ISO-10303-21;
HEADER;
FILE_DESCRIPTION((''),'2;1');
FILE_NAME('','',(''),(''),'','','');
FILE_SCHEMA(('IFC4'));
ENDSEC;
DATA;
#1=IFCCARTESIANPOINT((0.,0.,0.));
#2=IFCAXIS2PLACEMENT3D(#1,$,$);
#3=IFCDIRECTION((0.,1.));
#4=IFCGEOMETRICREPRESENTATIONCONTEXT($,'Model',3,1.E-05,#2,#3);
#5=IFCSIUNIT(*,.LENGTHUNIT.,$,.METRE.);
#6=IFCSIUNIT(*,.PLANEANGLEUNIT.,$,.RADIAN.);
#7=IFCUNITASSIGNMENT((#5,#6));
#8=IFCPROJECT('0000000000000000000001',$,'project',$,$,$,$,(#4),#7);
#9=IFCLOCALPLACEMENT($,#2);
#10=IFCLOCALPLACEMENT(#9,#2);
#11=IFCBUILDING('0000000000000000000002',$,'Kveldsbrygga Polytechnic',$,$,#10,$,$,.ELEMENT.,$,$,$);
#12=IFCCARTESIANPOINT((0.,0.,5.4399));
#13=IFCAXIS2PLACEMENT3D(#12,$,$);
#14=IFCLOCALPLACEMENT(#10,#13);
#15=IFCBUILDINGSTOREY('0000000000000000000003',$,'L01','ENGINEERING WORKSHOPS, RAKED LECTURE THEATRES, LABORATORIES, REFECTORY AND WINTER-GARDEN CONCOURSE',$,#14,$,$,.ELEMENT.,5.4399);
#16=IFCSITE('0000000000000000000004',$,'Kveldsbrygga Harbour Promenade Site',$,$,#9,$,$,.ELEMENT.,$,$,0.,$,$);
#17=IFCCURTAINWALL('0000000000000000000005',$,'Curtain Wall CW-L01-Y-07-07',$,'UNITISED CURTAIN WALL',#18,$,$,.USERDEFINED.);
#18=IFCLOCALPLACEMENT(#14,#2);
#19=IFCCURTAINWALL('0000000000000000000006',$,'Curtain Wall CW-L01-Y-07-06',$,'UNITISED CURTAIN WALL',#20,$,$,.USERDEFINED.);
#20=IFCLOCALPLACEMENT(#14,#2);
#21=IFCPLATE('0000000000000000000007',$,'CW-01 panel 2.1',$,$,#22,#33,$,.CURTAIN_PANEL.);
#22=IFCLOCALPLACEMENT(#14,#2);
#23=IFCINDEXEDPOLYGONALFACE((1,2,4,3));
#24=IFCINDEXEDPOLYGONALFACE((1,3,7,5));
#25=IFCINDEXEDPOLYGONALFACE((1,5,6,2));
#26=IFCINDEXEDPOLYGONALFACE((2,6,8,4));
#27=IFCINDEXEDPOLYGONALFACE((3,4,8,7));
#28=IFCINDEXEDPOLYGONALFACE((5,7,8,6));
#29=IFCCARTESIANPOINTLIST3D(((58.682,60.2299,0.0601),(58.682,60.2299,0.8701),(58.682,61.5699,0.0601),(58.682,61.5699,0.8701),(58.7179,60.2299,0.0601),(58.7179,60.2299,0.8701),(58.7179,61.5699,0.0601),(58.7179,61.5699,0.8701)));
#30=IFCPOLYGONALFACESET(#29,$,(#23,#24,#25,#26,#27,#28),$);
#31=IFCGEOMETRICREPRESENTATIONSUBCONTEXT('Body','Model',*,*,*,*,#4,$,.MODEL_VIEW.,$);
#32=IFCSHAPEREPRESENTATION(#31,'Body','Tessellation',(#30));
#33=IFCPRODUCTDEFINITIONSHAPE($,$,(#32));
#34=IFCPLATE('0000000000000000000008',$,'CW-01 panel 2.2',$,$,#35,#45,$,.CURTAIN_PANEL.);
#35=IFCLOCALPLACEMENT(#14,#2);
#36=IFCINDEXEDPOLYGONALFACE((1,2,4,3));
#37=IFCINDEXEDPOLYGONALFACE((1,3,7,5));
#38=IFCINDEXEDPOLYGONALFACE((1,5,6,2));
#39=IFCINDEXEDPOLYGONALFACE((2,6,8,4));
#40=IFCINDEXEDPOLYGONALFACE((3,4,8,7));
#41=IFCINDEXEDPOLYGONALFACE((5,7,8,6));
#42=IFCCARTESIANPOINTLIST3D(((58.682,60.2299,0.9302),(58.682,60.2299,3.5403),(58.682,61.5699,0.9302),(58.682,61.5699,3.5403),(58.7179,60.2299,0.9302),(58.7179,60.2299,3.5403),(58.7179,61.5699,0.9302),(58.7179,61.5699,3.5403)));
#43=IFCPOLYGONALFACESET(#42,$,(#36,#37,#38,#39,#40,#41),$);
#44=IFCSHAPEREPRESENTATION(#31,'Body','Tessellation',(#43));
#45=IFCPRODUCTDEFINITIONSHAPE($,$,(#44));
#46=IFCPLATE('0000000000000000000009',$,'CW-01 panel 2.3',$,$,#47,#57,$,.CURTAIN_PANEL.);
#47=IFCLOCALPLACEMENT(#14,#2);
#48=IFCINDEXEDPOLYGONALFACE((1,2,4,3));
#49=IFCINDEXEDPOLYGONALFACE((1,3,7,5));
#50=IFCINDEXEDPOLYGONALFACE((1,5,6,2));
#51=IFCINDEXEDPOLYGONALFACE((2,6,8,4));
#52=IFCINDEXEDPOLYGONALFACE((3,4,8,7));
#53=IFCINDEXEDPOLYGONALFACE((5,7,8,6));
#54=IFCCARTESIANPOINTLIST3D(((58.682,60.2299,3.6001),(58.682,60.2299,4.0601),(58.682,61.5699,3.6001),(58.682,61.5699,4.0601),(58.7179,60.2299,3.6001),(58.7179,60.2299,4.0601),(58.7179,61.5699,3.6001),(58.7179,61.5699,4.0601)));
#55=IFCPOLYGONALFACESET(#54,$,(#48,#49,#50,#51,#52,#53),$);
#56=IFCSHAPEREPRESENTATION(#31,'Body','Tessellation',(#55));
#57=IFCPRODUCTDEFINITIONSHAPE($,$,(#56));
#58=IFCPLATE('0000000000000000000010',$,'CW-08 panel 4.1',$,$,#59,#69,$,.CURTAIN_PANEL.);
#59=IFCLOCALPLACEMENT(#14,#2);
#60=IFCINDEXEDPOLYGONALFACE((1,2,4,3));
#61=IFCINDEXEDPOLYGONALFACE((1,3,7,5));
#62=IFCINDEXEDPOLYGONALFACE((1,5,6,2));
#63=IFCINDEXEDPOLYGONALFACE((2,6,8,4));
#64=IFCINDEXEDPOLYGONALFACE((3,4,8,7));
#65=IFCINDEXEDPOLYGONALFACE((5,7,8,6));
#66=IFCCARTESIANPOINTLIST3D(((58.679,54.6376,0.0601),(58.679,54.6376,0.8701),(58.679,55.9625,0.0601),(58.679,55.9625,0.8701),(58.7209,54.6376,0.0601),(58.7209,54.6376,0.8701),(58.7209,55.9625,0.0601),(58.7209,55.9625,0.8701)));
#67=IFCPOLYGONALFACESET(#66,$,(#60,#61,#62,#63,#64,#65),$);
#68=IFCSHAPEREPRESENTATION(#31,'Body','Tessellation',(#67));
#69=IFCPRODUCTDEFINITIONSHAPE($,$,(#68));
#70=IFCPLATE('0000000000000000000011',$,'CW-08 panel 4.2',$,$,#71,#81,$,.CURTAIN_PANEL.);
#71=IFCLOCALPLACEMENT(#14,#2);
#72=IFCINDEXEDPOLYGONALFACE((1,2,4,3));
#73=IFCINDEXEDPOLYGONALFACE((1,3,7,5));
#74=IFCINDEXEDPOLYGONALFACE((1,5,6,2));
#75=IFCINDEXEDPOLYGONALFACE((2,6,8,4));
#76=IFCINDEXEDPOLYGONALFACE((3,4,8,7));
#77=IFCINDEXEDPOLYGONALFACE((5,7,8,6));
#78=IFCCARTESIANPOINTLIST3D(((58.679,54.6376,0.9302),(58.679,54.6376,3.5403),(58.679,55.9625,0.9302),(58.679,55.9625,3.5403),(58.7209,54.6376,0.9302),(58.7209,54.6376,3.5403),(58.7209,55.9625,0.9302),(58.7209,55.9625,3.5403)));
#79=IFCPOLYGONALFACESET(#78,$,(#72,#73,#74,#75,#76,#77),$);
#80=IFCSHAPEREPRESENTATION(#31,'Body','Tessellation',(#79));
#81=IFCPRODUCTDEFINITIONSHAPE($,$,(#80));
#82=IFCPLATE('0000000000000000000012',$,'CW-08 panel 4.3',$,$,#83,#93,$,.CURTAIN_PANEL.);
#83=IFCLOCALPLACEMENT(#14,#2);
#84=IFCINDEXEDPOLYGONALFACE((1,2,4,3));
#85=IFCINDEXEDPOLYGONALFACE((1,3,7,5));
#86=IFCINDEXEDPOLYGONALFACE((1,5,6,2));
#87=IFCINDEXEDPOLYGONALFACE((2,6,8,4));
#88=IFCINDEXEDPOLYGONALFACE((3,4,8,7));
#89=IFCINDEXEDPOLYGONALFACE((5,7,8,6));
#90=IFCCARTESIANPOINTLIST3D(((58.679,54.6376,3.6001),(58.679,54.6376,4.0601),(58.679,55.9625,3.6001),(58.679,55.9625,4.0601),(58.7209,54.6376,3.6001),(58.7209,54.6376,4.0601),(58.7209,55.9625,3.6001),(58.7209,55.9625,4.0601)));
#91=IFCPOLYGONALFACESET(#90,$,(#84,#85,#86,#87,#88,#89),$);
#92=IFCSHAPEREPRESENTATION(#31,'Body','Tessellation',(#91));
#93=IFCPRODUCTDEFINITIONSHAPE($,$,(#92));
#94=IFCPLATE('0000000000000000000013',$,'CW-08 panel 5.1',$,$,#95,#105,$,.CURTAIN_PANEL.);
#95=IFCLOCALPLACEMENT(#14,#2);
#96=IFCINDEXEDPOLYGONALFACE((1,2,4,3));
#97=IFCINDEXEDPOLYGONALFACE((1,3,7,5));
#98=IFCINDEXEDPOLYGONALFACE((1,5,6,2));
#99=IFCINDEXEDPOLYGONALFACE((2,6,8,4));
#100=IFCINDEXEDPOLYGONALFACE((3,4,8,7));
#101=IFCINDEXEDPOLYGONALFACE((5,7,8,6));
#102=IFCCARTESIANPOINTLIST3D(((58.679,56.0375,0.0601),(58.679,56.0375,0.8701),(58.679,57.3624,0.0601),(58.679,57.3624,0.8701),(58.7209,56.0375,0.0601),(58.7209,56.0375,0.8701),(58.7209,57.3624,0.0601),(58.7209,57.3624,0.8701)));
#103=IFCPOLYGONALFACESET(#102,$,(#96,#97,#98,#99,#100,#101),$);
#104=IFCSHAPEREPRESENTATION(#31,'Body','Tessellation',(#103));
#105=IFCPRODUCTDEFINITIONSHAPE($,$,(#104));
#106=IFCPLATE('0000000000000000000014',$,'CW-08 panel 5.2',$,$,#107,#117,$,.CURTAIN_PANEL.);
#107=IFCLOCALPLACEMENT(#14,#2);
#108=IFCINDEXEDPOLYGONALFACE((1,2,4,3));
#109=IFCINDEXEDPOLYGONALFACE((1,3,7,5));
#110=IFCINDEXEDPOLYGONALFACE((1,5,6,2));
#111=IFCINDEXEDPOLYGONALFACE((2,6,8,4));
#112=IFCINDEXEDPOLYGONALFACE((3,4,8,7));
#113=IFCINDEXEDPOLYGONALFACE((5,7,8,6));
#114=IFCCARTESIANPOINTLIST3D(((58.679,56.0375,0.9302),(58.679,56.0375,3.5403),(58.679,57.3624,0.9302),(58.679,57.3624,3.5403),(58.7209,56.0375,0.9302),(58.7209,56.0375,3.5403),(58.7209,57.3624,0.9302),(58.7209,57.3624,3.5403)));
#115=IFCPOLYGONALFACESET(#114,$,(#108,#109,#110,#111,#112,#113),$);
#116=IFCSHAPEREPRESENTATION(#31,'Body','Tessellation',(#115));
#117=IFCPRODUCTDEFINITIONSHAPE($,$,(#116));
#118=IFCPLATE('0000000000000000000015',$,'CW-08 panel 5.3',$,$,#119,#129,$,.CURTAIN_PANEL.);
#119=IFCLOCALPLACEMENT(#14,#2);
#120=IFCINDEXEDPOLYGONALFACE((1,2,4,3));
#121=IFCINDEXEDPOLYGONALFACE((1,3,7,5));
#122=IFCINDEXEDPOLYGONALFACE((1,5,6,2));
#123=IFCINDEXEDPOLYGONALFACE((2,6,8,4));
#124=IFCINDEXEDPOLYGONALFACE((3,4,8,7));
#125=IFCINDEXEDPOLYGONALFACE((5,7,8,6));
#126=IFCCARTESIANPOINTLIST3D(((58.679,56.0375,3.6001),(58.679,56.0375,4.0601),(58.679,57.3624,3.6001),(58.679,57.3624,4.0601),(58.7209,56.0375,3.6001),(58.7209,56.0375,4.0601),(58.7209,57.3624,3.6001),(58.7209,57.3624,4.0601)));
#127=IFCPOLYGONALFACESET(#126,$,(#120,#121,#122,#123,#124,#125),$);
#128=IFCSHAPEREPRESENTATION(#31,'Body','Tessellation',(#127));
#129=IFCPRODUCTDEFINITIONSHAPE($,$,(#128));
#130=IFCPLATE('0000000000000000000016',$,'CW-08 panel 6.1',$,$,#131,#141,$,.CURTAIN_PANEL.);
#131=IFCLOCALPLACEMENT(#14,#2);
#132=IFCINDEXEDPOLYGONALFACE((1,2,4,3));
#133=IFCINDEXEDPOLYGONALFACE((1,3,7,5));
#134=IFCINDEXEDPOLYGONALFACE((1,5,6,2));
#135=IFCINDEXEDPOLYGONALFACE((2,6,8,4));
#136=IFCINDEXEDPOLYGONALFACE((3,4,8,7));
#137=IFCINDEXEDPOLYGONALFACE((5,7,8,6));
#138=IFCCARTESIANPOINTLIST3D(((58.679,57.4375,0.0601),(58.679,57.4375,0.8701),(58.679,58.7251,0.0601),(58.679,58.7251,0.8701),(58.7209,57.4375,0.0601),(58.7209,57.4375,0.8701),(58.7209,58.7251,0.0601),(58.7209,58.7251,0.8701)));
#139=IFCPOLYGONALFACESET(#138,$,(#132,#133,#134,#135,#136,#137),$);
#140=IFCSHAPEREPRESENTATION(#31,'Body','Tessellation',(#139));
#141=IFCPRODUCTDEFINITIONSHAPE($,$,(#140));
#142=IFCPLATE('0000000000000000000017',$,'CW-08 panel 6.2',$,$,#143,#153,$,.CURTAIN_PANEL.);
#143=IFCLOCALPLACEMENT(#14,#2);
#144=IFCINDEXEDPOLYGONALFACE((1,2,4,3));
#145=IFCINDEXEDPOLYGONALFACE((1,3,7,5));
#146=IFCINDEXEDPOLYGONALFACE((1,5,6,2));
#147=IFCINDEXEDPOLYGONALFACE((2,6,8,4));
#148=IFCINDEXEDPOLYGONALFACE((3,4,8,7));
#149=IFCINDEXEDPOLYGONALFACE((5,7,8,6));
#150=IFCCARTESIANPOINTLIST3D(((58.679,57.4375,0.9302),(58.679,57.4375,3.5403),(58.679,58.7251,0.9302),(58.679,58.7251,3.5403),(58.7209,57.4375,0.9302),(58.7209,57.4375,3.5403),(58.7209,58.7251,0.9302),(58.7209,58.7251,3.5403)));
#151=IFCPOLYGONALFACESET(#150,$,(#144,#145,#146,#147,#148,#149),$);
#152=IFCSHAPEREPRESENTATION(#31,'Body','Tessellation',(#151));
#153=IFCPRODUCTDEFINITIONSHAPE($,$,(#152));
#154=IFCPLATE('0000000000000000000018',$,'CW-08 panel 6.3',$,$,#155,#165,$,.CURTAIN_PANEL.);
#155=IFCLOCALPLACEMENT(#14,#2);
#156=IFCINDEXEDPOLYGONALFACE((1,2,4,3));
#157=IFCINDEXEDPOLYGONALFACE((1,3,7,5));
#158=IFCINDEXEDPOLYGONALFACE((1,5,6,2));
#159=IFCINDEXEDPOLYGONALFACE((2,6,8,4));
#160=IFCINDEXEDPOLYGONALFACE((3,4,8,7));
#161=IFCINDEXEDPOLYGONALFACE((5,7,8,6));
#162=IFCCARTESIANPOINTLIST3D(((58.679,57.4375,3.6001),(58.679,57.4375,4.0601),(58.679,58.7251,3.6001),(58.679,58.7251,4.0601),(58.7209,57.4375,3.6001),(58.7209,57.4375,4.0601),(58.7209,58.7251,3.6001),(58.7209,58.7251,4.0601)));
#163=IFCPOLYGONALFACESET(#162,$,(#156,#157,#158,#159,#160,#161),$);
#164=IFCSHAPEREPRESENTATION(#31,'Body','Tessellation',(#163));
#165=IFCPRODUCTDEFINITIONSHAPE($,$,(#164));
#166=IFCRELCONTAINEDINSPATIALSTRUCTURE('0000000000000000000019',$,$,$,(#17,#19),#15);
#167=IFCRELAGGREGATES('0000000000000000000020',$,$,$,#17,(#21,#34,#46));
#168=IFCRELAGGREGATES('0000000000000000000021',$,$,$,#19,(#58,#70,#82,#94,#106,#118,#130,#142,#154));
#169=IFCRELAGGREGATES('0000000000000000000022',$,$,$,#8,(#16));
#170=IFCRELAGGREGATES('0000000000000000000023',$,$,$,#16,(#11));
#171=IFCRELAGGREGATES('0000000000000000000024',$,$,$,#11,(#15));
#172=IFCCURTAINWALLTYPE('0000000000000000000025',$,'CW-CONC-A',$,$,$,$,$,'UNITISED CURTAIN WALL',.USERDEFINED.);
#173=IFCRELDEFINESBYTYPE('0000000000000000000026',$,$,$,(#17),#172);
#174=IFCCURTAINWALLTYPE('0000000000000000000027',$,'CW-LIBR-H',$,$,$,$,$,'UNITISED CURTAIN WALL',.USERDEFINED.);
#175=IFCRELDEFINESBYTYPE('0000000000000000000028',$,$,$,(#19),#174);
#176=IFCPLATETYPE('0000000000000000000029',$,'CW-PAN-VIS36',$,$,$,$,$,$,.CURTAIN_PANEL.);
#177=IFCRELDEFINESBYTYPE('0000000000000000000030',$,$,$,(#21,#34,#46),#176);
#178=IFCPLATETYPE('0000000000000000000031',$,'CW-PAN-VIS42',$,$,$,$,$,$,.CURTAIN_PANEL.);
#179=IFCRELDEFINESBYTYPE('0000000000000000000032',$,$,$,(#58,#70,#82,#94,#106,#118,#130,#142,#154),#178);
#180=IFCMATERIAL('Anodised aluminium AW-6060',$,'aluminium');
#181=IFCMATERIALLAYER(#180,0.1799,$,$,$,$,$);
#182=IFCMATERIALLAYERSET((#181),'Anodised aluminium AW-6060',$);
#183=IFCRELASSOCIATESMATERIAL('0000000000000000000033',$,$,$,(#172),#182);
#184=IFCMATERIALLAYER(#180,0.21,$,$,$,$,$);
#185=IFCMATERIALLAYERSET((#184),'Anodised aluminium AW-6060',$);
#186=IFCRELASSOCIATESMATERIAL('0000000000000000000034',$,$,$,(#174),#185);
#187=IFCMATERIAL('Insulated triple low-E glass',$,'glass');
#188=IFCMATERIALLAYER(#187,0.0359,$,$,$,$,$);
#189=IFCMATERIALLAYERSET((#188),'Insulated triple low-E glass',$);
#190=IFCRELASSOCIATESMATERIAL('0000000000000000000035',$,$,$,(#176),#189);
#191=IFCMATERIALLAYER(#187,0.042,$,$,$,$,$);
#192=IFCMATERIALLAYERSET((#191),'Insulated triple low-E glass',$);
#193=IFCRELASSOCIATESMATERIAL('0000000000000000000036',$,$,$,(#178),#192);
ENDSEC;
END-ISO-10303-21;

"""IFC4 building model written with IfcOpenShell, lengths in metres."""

from ifc_helpers import new_model, si_unit, direction, frame, origin, origin_2d, place, context, subcontext, project, spatial, rectangle, extrude, material, layer, layer_set, type_object, element, aggregate, save


model = new_model("IFC4")

# Units and contexts
model_context = context("Model", 3, precision=1e-05, world=origin(), true_north=direction((0.0, 1.0)))
body_context = subcontext(model_context, "Body", "Model", "MODEL_VIEW")
ifc_project = project(units=[si_unit("LENGTHUNIT", "METRE"), si_unit("PLANEANGLEUNIT", "RADIAN")], contexts=[model_context])

# Site, building, storey
site_placement = place(None, origin())
site = spatial("IfcSite", under=ifc_project, at=site_placement, Name="Kveldsbrygga Harbour Promenade Site", CompositionType="ELEMENT", RefElevation=0.0)
building_placement = place(site_placement, origin())
building = spatial("IfcBuilding", under=site, at=building_placement, Name="Kveldsbrygga Polytechnic", CompositionType="ELEMENT")
storey_placement = place(building_placement, frame((0.0, 0.0, 5.4399)))
storey = spatial("IfcBuildingStorey", under=building, at=storey_placement, Name="L01", Description="ENGINEERING WORKSHOPS, RAKED LECTURE THEATRES, LABORATORIES, REFECTORY AND WINTER-GARDEN CONCOURSE", CompositionType="ELEMENT", Elevation=5.4399)

# Curtain walls
ifc_material_1 = material(Name="Anodised aluminium AW-6060", Category="aluminium")
ifc_layer_1 = layer(ifc_material_1, 0.1799)
ifc_layer_set_1 = layer_set([ifc_layer_1], Name="Anodised aluminium AW-6060")
curtain_wall_type_1 = type_object("IfcCurtainWallType", Name="CW-CONC-A", ElementType="UNITISED CURTAIN WALL", PredefinedType="USERDEFINED", material=ifc_layer_set_1)
curtain_wall_1_placement = place(storey_placement, origin())
curtain_wall_1 = element("IfcCurtainWall", 1, at=curtain_wall_1_placement, inside=storey, type_object=curtain_wall_type_1, Name="Curtain Wall CW-L01-Y-07-07", ObjectType="UNITISED CURTAIN WALL", PredefinedType="USERDEFINED")
ifc_layer_2 = layer(ifc_material_1, 0.21)
ifc_layer_set_2 = layer_set([ifc_layer_2], Name="Anodised aluminium AW-6060")
curtain_wall_type_2 = type_object("IfcCurtainWallType", Name="CW-LIBR-H", ElementType="UNITISED CURTAIN WALL", PredefinedType="USERDEFINED", material=ifc_layer_set_2)
curtain_wall_2_placement = place(storey_placement, origin())
curtain_wall_2 = element("IfcCurtainWall", 2, at=curtain_wall_2_placement, inside=storey, type_object=curtain_wall_type_2, Name="Curtain Wall CW-L01-Y-07-06", ObjectType="UNITISED CURTAIN WALL", PredefinedType="USERDEFINED")

# Plates
ifc_material_2 = material(Name="Insulated triple low-E glass", Category="glass")
ifc_layer_3 = layer(ifc_material_2, 0.0359)
ifc_layer_set_3 = layer_set([ifc_layer_3], Name="Insulated triple low-E glass")
plate_type_1 = type_object("IfcPlateType", Name="CW-PAN-VIS36", PredefinedType="CURTAIN_PANEL", material=ifc_layer_set_3)
plate_1_placement = place(storey_placement, frame((58.7, 60.8999, 0.0601), z_axis=(0.0, 0.0, 1.0), x_axis=(0.0, 1.0, 0.0)))
plate_1 = element("IfcPlate", 3, at=plate_1_placement, type_object=plate_type_1, Name="CW-01 panel 2.1", PredefinedType="CURTAIN_PANEL", context=body_context, shape_type="SweptSolid", body=[
    extrude(rectangle(XDim=1.3401, YDim=0.0359, at=origin_2d()), origin(), (0.0, 0.0, 1.0), 0.8101),
])
plate_2_placement = place(storey_placement, frame((58.7, 60.8999, 0.9302), z_axis=(0.0, 0.0, 1.0), x_axis=(0.0, 1.0, 0.0)))
plate_2 = element("IfcPlate", 4, at=plate_2_placement, type_object=plate_type_1, Name="CW-01 panel 2.2", PredefinedType="CURTAIN_PANEL", context=body_context, shape_type="SweptSolid", body=[
    extrude(rectangle(XDim=1.3401, YDim=0.0359, at=origin_2d()), origin(), (0.0, 0.0, 1.0), 2.6101),
])
plate_3_placement = place(storey_placement, frame((58.7, 60.8999, 3.6001), z_axis=(0.0, 0.0, 1.0), x_axis=(0.0, 1.0, 0.0)))
plate_3 = element("IfcPlate", 5, at=plate_3_placement, type_object=plate_type_1, Name="CW-01 panel 2.3", PredefinedType="CURTAIN_PANEL", context=body_context, shape_type="SweptSolid", body=[
    extrude(rectangle(XDim=1.3401, YDim=0.0359, at=origin_2d()), origin(), (0.0, 0.0, 1.0), 0.46),
])
aggregate(curtain_wall_1, [plate_1, plate_2, plate_3])
ifc_layer_4 = layer(ifc_material_2, 0.042)
ifc_layer_set_4 = layer_set([ifc_layer_4], Name="Insulated triple low-E glass")
plate_type_2 = type_object("IfcPlateType", Name="CW-PAN-VIS42", PredefinedType="CURTAIN_PANEL", material=ifc_layer_set_4)
plate_4_placement = place(storey_placement, frame((58.7, 55.3, 0.0601), z_axis=(0.0, 0.0, 1.0), x_axis=(0.0, 1.0, 0.0)))
plate_4 = element("IfcPlate", 6, at=plate_4_placement, type_object=plate_type_2, Name="CW-08 panel 4.1", PredefinedType="CURTAIN_PANEL", context=body_context, shape_type="SweptSolid", body=[
    extrude(rectangle(XDim=1.325, YDim=0.042, at=origin_2d()), origin(), (0.0, 0.0, 1.0), 0.8101),
])
plate_5_placement = place(storey_placement, frame((58.7, 55.3, 0.9302), z_axis=(0.0, 0.0, 1.0), x_axis=(0.0, 1.0, 0.0)))
plate_5 = element("IfcPlate", 7, at=plate_5_placement, type_object=plate_type_2, Name="CW-08 panel 4.2", PredefinedType="CURTAIN_PANEL", context=body_context, shape_type="SweptSolid", body=[
    extrude(rectangle(XDim=1.325, YDim=0.042, at=origin_2d()), origin(), (0.0, 0.0, 1.0), 2.6101),
])
plate_6_placement = place(storey_placement, frame((58.7, 55.3, 3.6001), z_axis=(0.0, 0.0, 1.0), x_axis=(0.0, 1.0, 0.0)))
plate_6 = element("IfcPlate", 8, at=plate_6_placement, type_object=plate_type_2, Name="CW-08 panel 4.3", PredefinedType="CURTAIN_PANEL", context=body_context, shape_type="SweptSolid", body=[
    extrude(rectangle(XDim=1.325, YDim=0.042, at=origin_2d()), origin(), (0.0, 0.0, 1.0), 0.46),
])
plate_7_placement = place(storey_placement, frame((58.7, 56.7, 0.0601), z_axis=(0.0, 0.0, 1.0), x_axis=(0.0, 1.0, 0.0)))
plate_7 = element("IfcPlate", 9, at=plate_7_placement, type_object=plate_type_2, Name="CW-08 panel 5.1", PredefinedType="CURTAIN_PANEL", context=body_context, shape_type="SweptSolid", body=[
    extrude(rectangle(XDim=1.325, YDim=0.042, at=origin_2d()), origin(), (0.0, 0.0, 1.0), 0.8101),
])
plate_8_placement = place(storey_placement, frame((58.7, 56.7, 0.9302), z_axis=(0.0, 0.0, 1.0), x_axis=(0.0, 1.0, 0.0)))
plate_8 = element("IfcPlate", 10, at=plate_8_placement, type_object=plate_type_2, Name="CW-08 panel 5.2", PredefinedType="CURTAIN_PANEL", context=body_context, shape_type="SweptSolid", body=[
    extrude(rectangle(XDim=1.325, YDim=0.042, at=origin_2d()), origin(), (0.0, 0.0, 1.0), 2.6101),
])
plate_9_placement = place(storey_placement, frame((58.7, 56.7, 3.6001), z_axis=(0.0, 0.0, 1.0), x_axis=(0.0, 1.0, 0.0)))
plate_9 = element("IfcPlate", 11, at=plate_9_placement, type_object=plate_type_2, Name="CW-08 panel 5.3", PredefinedType="CURTAIN_PANEL", context=body_context, shape_type="SweptSolid", body=[
    extrude(rectangle(XDim=1.325, YDim=0.042, at=origin_2d()), origin(), (0.0, 0.0, 1.0), 0.46),
])
plate_10_placement = place(storey_placement, frame((58.7, 58.0813, 0.0601), z_axis=(0.0, 0.0, 1.0), x_axis=(0.0, 1.0, 0.0)))
plate_10 = element("IfcPlate", 12, at=plate_10_placement, type_object=plate_type_2, Name="CW-08 panel 6.1", PredefinedType="CURTAIN_PANEL", context=body_context, shape_type="SweptSolid", body=[
    extrude(rectangle(XDim=1.2876, YDim=0.042, at=origin_2d()), origin(), (0.0, 0.0, 1.0), 0.8101),
])
plate_11_placement = place(storey_placement, frame((58.7, 58.0813, 0.9302), z_axis=(0.0, 0.0, 1.0), x_axis=(0.0, 1.0, 0.0)))
plate_11 = element("IfcPlate", 13, at=plate_11_placement, type_object=plate_type_2, Name="CW-08 panel 6.2", PredefinedType="CURTAIN_PANEL", context=body_context, shape_type="SweptSolid", body=[
    extrude(rectangle(XDim=1.2876, YDim=0.042, at=origin_2d()), origin(), (0.0, 0.0, 1.0), 2.6101),
])
plate_12_placement = place(storey_placement, frame((58.7, 58.0813, 3.6001), z_axis=(0.0, 0.0, 1.0), x_axis=(0.0, 1.0, 0.0)))
plate_12 = element("IfcPlate", 14, at=plate_12_placement, type_object=plate_type_2, Name="CW-08 panel 6.3", PredefinedType="CURTAIN_PANEL", context=body_context, shape_type="SweptSolid", body=[
    extrude(rectangle(XDim=1.2876, YDim=0.042, at=origin_2d()), origin(), (0.0, 0.0, 1.0), 0.46),
])
aggregate(curtain_wall_2, [plate_4, plate_5, plate_6, plate_7, plate_8, plate_9, plate_10, plate_11, plate_12])

save(model, "model.ifc")
